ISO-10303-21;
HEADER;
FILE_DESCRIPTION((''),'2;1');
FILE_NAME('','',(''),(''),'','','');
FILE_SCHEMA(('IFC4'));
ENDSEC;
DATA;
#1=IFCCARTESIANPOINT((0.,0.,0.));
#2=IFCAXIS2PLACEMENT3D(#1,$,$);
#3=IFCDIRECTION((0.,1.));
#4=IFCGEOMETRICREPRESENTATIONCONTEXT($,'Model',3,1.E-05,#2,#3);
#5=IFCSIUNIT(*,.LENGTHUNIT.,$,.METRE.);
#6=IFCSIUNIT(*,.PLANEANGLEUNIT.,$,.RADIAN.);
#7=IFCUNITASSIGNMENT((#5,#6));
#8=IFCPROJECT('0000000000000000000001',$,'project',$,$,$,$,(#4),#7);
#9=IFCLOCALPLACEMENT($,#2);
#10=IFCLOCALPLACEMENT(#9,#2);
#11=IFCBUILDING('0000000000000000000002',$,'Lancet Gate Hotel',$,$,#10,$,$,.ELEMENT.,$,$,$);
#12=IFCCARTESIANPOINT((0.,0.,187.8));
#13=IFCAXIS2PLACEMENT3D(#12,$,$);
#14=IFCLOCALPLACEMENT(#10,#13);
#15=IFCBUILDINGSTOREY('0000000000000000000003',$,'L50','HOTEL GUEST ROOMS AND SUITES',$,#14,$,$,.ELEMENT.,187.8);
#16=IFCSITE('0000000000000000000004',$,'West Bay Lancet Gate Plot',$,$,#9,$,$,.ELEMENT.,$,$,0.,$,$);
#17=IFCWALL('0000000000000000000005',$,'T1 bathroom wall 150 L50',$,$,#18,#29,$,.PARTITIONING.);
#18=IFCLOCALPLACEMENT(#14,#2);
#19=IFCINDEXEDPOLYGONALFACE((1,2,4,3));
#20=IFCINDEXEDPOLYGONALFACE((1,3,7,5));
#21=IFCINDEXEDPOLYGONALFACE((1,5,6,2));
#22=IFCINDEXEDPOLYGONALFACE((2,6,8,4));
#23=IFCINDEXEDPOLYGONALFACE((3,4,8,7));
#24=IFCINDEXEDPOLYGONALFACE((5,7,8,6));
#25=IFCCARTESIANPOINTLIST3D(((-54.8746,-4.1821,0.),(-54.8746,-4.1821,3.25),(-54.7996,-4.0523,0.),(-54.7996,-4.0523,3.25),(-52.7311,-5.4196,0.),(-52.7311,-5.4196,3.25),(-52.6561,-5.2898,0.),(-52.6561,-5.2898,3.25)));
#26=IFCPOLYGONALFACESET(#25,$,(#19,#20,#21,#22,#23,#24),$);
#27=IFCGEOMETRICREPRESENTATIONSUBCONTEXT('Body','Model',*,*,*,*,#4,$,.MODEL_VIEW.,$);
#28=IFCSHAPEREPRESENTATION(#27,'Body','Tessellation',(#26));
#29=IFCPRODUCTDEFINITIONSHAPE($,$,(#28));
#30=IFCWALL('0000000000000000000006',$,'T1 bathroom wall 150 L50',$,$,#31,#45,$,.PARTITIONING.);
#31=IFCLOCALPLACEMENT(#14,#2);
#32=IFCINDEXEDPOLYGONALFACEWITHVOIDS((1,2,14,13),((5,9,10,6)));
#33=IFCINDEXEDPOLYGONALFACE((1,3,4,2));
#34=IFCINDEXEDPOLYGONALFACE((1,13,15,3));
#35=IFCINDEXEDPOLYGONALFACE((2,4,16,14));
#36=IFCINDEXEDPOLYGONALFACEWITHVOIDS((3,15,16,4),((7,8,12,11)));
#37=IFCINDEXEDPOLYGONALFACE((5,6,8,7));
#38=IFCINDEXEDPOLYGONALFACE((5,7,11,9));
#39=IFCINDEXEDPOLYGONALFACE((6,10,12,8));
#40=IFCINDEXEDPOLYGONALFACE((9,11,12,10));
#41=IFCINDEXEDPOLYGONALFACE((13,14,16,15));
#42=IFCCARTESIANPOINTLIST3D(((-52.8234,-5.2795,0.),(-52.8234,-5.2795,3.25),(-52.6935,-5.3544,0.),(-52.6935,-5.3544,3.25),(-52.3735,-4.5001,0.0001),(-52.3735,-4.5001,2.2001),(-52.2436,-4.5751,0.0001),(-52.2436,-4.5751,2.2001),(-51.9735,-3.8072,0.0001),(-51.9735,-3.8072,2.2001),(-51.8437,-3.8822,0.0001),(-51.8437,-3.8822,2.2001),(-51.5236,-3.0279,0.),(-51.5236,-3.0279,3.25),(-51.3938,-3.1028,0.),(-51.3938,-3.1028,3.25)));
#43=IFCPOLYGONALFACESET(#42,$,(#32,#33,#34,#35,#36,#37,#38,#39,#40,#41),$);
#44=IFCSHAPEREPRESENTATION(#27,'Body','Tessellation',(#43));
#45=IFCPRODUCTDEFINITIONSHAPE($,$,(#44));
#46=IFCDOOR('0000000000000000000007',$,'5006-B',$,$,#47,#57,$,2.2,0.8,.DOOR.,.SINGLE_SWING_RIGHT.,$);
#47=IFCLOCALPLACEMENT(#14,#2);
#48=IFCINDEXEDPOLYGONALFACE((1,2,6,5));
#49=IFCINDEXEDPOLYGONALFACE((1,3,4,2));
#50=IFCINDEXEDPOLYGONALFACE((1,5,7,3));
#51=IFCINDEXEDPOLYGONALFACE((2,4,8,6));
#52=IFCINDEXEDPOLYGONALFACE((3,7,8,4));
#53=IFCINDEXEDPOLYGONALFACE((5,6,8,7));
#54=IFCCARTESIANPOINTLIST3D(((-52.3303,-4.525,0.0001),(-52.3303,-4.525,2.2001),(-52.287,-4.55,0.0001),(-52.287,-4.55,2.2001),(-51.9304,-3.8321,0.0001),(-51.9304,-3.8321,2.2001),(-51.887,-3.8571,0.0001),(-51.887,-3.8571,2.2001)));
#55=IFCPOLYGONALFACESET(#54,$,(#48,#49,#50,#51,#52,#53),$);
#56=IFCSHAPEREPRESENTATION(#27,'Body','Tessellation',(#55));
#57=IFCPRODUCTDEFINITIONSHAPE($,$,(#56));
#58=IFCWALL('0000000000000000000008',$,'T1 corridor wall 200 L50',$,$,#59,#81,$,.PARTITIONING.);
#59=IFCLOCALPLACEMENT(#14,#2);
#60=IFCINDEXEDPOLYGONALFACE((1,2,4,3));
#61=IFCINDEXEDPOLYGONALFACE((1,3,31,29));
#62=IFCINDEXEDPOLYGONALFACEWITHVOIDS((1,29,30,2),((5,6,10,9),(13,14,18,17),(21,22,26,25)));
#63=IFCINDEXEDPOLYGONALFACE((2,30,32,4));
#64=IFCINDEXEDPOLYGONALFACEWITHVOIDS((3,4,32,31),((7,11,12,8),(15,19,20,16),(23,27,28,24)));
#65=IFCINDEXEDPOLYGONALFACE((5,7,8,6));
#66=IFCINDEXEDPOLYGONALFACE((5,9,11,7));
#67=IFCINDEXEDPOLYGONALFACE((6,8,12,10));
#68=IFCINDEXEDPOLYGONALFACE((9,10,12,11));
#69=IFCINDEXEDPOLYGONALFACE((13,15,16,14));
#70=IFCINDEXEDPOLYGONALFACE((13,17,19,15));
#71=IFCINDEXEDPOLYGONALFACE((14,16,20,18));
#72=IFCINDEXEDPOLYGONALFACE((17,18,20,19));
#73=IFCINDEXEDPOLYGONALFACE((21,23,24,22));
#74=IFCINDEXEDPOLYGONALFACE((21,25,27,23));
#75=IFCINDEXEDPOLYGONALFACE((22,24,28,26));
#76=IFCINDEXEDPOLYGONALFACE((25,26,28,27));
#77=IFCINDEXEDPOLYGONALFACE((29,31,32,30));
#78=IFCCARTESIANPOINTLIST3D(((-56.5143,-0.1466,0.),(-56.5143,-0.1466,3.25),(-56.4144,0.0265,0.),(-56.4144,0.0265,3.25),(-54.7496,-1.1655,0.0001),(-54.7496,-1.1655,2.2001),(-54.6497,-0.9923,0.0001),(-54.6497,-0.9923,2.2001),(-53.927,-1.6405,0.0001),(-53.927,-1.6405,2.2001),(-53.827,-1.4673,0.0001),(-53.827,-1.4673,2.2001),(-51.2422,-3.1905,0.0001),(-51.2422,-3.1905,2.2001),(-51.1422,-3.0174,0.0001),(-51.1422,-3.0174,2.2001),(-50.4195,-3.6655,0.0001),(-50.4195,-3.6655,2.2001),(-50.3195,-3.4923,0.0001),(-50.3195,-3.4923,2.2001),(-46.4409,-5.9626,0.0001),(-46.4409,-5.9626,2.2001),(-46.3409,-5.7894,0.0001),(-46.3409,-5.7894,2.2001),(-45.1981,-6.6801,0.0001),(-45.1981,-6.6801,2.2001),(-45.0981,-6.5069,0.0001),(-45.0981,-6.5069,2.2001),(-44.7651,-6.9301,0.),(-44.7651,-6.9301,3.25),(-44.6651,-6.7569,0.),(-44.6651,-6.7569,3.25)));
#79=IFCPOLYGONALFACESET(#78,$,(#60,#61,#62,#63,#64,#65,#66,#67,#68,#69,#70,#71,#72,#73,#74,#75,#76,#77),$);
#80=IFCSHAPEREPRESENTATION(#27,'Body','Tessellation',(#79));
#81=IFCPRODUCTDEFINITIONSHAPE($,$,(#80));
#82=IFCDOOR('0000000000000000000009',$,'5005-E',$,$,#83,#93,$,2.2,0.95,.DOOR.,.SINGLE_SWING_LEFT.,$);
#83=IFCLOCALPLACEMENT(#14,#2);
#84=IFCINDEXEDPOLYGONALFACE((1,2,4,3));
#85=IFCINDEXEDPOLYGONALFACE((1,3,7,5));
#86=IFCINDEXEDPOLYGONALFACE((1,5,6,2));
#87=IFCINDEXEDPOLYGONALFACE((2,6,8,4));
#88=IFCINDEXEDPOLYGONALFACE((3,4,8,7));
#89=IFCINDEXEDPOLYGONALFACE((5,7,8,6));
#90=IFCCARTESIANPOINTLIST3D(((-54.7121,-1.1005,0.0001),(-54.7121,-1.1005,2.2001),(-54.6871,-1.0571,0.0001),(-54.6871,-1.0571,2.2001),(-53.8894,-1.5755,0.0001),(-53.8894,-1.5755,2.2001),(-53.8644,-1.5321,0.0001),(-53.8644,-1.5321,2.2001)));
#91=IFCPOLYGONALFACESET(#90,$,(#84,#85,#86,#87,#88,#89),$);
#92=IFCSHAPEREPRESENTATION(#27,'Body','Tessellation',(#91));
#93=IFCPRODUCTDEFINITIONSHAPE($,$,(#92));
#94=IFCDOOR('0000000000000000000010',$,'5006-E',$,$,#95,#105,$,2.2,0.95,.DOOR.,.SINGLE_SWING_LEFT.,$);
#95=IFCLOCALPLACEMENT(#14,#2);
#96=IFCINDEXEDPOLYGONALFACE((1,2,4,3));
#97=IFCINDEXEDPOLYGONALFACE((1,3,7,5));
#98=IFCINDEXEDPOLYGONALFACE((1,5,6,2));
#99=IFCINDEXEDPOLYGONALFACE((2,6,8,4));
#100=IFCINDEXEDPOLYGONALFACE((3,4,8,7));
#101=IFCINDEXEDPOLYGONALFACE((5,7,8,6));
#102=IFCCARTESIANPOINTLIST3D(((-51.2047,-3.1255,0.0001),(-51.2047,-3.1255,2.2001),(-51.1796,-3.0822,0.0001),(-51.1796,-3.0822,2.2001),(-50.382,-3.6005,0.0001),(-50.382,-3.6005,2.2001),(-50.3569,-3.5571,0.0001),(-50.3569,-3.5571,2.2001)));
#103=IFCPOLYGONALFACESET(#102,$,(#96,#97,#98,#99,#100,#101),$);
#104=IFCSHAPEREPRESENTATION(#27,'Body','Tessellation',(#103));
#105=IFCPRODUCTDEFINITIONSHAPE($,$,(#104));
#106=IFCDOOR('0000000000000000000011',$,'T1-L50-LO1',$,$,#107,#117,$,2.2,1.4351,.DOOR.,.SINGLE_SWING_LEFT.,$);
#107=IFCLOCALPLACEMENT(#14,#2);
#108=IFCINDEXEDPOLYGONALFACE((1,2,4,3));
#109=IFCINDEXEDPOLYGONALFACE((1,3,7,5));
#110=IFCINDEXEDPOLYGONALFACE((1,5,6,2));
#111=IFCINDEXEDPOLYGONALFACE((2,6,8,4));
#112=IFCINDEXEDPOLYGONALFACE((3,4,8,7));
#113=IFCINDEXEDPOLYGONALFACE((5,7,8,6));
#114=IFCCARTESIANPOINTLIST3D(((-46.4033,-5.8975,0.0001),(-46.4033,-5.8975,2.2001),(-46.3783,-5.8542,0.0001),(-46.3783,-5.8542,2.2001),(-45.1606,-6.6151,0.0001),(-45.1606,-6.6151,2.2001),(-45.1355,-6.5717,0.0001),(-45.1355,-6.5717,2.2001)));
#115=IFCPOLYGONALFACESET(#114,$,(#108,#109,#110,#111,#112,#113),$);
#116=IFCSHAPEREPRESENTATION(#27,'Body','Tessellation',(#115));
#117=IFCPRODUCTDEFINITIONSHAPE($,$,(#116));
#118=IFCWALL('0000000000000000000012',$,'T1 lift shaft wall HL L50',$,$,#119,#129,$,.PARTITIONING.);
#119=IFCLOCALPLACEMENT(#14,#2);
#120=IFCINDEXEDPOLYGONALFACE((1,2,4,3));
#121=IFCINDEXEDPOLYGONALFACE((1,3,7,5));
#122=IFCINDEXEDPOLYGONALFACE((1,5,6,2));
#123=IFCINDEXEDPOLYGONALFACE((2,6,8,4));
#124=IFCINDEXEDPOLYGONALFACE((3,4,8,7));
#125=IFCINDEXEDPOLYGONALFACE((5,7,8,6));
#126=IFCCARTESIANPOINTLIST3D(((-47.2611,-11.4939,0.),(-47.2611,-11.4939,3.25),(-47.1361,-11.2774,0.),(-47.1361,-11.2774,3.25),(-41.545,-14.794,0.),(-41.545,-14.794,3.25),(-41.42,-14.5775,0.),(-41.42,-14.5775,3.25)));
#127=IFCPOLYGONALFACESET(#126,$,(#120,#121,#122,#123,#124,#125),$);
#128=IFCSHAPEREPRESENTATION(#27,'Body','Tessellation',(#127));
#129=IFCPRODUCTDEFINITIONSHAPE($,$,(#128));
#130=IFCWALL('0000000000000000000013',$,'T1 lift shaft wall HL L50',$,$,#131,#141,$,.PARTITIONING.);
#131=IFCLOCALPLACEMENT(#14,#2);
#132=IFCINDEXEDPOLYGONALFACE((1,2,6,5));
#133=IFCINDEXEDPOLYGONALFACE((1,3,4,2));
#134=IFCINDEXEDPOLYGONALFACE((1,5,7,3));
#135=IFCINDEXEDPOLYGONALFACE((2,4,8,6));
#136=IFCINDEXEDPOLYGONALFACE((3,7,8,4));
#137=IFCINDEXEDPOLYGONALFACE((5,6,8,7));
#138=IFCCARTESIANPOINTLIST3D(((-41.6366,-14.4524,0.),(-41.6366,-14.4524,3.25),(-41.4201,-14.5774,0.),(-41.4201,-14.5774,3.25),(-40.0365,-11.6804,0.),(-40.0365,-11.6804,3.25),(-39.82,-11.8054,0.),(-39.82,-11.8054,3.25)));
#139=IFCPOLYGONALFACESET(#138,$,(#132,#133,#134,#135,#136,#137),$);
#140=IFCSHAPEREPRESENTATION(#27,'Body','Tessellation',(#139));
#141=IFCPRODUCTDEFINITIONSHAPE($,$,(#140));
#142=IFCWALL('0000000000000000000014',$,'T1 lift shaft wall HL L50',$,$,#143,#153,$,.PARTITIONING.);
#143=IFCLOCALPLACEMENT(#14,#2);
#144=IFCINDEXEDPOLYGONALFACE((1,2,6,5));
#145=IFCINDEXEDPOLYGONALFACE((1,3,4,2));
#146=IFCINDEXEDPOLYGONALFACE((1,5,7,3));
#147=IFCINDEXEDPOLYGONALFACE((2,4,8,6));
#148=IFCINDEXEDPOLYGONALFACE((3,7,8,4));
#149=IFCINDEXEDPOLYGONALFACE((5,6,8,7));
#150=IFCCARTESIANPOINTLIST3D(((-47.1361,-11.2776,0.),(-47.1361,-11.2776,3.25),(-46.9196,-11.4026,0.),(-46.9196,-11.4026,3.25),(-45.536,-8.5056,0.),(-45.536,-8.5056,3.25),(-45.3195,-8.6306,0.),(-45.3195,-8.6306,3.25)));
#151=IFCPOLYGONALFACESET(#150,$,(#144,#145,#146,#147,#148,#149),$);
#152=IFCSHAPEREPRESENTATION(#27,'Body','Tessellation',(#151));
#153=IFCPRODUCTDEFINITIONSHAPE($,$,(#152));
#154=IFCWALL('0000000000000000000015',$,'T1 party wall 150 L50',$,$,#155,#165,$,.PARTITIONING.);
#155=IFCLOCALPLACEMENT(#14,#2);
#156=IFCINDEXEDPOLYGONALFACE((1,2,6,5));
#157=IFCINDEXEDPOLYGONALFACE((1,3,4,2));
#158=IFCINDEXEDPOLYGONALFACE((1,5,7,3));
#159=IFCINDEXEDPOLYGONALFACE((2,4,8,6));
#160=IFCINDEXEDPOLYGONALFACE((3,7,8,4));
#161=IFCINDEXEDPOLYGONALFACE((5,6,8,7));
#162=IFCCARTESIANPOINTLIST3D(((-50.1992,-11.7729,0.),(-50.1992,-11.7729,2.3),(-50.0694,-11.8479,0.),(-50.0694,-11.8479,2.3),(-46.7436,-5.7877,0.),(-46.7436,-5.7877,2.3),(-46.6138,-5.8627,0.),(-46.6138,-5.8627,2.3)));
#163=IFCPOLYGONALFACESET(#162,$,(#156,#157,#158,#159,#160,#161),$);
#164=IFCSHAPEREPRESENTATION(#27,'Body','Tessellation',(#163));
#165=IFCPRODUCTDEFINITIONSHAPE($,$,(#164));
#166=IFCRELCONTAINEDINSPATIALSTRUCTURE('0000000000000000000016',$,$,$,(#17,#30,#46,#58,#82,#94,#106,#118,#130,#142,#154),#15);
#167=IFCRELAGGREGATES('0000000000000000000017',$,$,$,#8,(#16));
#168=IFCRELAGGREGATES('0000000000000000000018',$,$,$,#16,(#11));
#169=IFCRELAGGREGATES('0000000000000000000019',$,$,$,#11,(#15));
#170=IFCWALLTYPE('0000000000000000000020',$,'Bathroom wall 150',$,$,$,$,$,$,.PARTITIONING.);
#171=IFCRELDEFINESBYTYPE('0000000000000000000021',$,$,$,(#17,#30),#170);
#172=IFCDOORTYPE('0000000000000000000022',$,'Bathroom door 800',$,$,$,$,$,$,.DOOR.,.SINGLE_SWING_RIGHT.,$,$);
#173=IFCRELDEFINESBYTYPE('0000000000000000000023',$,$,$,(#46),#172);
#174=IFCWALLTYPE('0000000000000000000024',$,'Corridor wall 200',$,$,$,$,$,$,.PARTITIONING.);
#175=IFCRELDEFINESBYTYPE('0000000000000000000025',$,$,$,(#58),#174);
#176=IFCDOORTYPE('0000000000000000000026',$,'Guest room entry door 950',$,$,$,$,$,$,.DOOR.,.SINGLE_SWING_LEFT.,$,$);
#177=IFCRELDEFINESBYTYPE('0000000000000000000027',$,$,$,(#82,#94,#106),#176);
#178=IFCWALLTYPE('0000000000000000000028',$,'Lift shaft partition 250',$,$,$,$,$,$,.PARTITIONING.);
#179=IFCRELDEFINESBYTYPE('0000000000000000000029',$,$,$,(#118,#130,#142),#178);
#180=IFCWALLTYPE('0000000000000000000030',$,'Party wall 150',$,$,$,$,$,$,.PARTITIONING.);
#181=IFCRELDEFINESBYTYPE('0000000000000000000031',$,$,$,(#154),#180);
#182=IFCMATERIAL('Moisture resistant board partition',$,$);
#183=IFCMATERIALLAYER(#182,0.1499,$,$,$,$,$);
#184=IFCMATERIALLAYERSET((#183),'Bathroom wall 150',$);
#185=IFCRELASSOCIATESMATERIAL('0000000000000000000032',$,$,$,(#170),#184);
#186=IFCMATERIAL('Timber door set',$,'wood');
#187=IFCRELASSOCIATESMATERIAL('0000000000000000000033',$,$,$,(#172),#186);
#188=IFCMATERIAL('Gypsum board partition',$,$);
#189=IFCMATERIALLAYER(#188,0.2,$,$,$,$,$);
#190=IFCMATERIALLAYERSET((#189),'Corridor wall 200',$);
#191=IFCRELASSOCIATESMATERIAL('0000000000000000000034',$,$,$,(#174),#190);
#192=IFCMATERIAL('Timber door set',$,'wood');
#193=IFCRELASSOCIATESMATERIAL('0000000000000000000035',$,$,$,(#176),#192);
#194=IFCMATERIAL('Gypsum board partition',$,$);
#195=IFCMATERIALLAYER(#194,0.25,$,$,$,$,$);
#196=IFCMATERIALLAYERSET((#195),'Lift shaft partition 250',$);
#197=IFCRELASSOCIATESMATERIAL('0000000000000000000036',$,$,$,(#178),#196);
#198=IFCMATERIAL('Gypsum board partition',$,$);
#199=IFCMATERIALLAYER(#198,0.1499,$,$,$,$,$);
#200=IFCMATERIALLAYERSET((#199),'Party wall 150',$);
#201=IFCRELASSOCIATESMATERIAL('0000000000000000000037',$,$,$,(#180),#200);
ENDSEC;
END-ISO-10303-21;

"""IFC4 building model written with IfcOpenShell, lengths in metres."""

from ifc_helpers import new_model, si_unit, direction, frame, frame_2d, origin, place, context, subcontext, project, spatial, rectangle, extrude, material, layer, layer_set, type_object, element, fill, save


model = new_model("IFC4")

# Units and contexts
model_context = context("Model", 3, precision=1e-05, world=origin(), true_north=direction((0.0, 1.0)))
body_context = subcontext(model_context, "Body", "Model", "MODEL_VIEW")
ifc_project = project(units=[si_unit("LENGTHUNIT", "METRE"), si_unit("PLANEANGLEUNIT", "RADIAN")], contexts=[model_context])

# Site, building, storey
site_placement = place(None, origin())
site = spatial("IfcSite", under=ifc_project, at=site_placement, Name="West Bay Lancet Gate Plot", CompositionType="ELEMENT", RefElevation=0.0)
building_placement = place(site_placement, origin())
building = spatial("IfcBuilding", under=site, at=building_placement, Name="Lancet Gate Hotel", CompositionType="ELEMENT")
storey_placement = place(building_placement, frame((0.0, 0.0, 187.8)))
storey = spatial("IfcBuildingStorey", under=building, at=storey_placement, Name="L50", Description="HOTEL GUEST ROOMS AND SUITES", CompositionType="ELEMENT", Elevation=187.8)

# Wall
ifc_material_1 = material(Name="Moisture resistant board partition")
ifc_layer_1 = layer(ifc_material_1, 0.1499)
ifc_layer_set_1 = layer_set([ifc_layer_1], Name="Bathroom wall 150")
wall_type_1 = type_object("IfcWallType", Name="Bathroom wall 150", PredefinedType="PARTITIONING", material=ifc_layer_set_1)
wall_1_placement = place(storey_placement, frame((-52.6936, -5.3547, 0.0), z_axis=(0.0, 0.0, 1.0), x_axis=(-0.866031, 0.49999, 0.0)))
element("IfcWall", 1, at=wall_1_placement, inside=storey, type_object=wall_type_1, Name="T1 bathroom wall 150 L50", PredefinedType="PARTITIONING", context=body_context, shape_type="SweptSolid", body=[
    extrude(rectangle(XDim=2.4751, YDim=0.1499, at=frame_2d((1.2375, 0.0))), origin(), (0.0, 0.0, 1.0), 3.25),
])

# Wall, opening, door
wall_2_placement = place(storey_placement, frame((-51.4587, -3.0654, 0.0), z_axis=(0.0, 0.0, 1.0), x_axis=(-0.499937, -0.866062, 0.0)))
wall_2 = element("IfcWall", 2, at=wall_2_placement, inside=storey, type_object=wall_type_1, Name="T1 bathroom wall 150 L50", PredefinedType="PARTITIONING", context=body_context, shape_type="SweptSolid", body=[
    extrude(rectangle(XDim=2.5999, YDim=0.1499, at=frame_2d((1.2998, 0.0))), origin(), (0.0, 0.0, 1.0), 3.25),
])
opening_1_placement = place(wall_2_placement, frame((0.8999, 0.0, 0.0)))
opening_1 = element("IfcOpeningElement", 3, at=opening_1_placement, cuts=wall_2, PredefinedType="OPENING", context=body_context, shape_type="SweptSolid", body=[
    extrude(rectangle(XDim=0.8, YDim=2.2, at=frame_2d((0.3999, 1.1001))), frame((0.0, 0.085, 0.0), z_axis=(0.0, -1.0, 0.0), x_axis=(1.0, 0.0, 0.0)), (0.0, 0.0, 1.0), 0.1699),
])
ifc_material_2 = material(Name="Timber door set", Category="wood")
door_type_1 = type_object("IfcDoorType", Name="Bathroom door 800", OperationType="SINGLE_SWING_RIGHT", PredefinedType="DOOR", material=ifc_material_2)
door_1_placement = place(opening_1_placement, origin())
door_1 = element("IfcDoor", 4, at=door_1_placement, inside=storey, type_object=door_type_1, Name="5006-B", OperationType="SINGLE_SWING_RIGHT", OverallHeight=2.2, OverallWidth=0.8, PredefinedType="DOOR", context=body_context, shape_type="SweptSolid", body=[
    extrude(rectangle(XDim=0.8, YDim=2.2, at=frame_2d((0.3999, 1.1001))), frame((0.0, 0.0249, 0.0), z_axis=(0.0, -1.0, 0.0), x_axis=(1.0, 0.0, 0.0)), (0.0, 0.0, 1.0), 0.05),
])
fill(opening_1, door_1)

# Wall, openings, doors
ifc_material_3 = material(Name="Gypsum board partition")
ifc_layer_2 = layer(ifc_material_3, 0.2)
ifc_layer_set_2 = layer_set([ifc_layer_2], Name="Corridor wall 200")
wall_type_2 = type_object("IfcWallType", Name="Corridor wall 200", PredefinedType="PARTITIONING", material=ifc_layer_set_2)
wall_3_placement = place(storey_placement, frame((-44.7151, -6.8435, 0.0), z_axis=(0.0, 0.0, 1.0), x_axis=(-0.866025, 0.5, 0.0)))
wall_3 = element("IfcWall", 5, at=wall_3_placement, inside=storey, type_object=wall_type_2, Name="T1 corridor wall 200 L50", PredefinedType="PARTITIONING", context=body_context, shape_type="SweptSolid", body=[
    extrude(rectangle(XDim=13.5669, YDim=0.2, at=frame_2d((6.7834, 0.0))), origin(), (0.0, 0.0, 1.0), 3.25),
])
opening_2_placement = place(wall_3_placement, frame((10.5791, 0.0, 0.0)))
opening_2 = element("IfcOpeningElement", 6, at=opening_2_placement, cuts=wall_3, PredefinedType="OPENING", context=body_context, shape_type="SweptSolid", body=[
    extrude(rectangle(XDim=0.95, YDim=2.2, at=frame_2d((0.4751, 1.1001))), frame((0.0, 0.1099, 0.0), z_axis=(0.0, -1.0, 0.0), x_axis=(1.0, 0.0, 0.0)), (0.0, 0.0, 1.0), 0.22),
])
opening_3_placement = place(wall_3_placement, frame((6.5291, 0.0, 0.0)))
opening_3 = element("IfcOpeningElement", 7, at=opening_3_placement, cuts=wall_3, PredefinedType="OPENING", context=body_context, shape_type="SweptSolid", body=[
    extrude(rectangle(XDim=0.95, YDim=2.2, at=frame_2d((0.4751, 1.1001))), frame((0.0, 0.1099, 0.0), z_axis=(0.0, -1.0, 0.0), x_axis=(1.0, 0.0, 0.0)), (0.0, 0.0, 1.0), 0.22),
])
opening_4_placement = place(wall_3_placement, frame((0.5, 0.0, 0.0)))
opening_4 = element("IfcOpeningElement", 8, at=opening_4_placement, cuts=wall_3, PredefinedType="OPENING", context=body_context, shape_type="SweptSolid", body=[
    extrude(rectangle(XDim=1.4351, YDim=2.2, at=frame_2d((0.7175, 1.1001))), frame((0.0, 0.1099, 0.0), z_axis=(0.0, -1.0, 0.0), x_axis=(1.0, 0.0, 0.0)), (0.0, 0.0, 1.0), 0.22),
])
ifc_material_4 = material(Name="Timber door set", Category="wood")
door_type_2 = type_object("IfcDoorType", Name="Guest room entry door 950", OperationType="SINGLE_SWING_LEFT", PredefinedType="DOOR", material=ifc_material_4)
door_2_placement = place(opening_2_placement, origin())
door_2 = element("IfcDoor", 9, at=door_2_placement, inside=storey, type_object=door_type_2, Name="5005-E", OperationType="SINGLE_SWING_LEFT", OverallHeight=2.2, OverallWidth=0.95, PredefinedType="DOOR", context=body_context, shape_type="SweptSolid", body=[
    extrude(rectangle(XDim=0.95, YDim=2.2, at=frame_2d((0.4751, 1.1001))), frame((0.0, 0.0249, 0.0), z_axis=(0.0, -1.0, 0.0), x_axis=(1.0, 0.0, 0.0)), (0.0, 0.0, 1.0), 0.05),
])
fill(opening_2, door_2)
door_3_placement = place(opening_3_placement, origin())
door_3 = element("IfcDoor", 10, at=door_3_placement, inside=storey, type_object=door_type_2, Name="5006-E", OperationType="SINGLE_SWING_LEFT", OverallHeight=2.2, OverallWidth=0.95, PredefinedType="DOOR", context=body_context, shape_type="SweptSolid", body=[
    extrude(rectangle(XDim=0.95, YDim=2.2, at=frame_2d((0.4751, 1.1001))), frame((0.0, 0.0249, 0.0), z_axis=(0.0, -1.0, 0.0), x_axis=(1.0, 0.0, 0.0)), (0.0, 0.0, 1.0), 0.05),
])
fill(opening_3, door_3)
door_4_placement = place(opening_4_placement, origin())
door_4 = element("IfcDoor", 11, at=door_4_placement, inside=storey, type_object=door_type_2, Name="T1-L50-LO1", OperationType="SINGLE_SWING_LEFT", OverallHeight=2.2, OverallWidth=1.4351, PredefinedType="DOOR", context=body_context, shape_type="SweptSolid", body=[
    extrude(rectangle(XDim=1.4351, YDim=2.2, at=frame_2d((0.7175, 1.1001))), frame((0.0, 0.0249, 0.0), z_axis=(0.0, -1.0, 0.0), x_axis=(1.0, 0.0, 0.0)), (0.0, 0.0, 1.0), 0.05),
])
fill(opening_4, door_4)

# Walls
ifc_material_5 = material(Name="Gypsum board partition")
ifc_layer_3 = layer(ifc_material_5, 0.25)
ifc_layer_set_3 = layer_set([ifc_layer_3], Name="Lift shaft partition 250")
wall_type_3 = type_object("IfcWallType", Name="Lift shaft partition 250", PredefinedType="PARTITIONING", material=ifc_layer_set_3)
wall_4_placement = place(storey_placement, frame((-41.4824, -14.6858, 0.0), z_axis=(0.0, 0.0, 1.0), x_axis=(-0.866033, 0.499986, 0.0)))
element("IfcWall", 12, at=wall_4_placement, inside=storey, type_object=wall_type_3, Name="T1 lift shaft wall HL L50", PredefinedType="PARTITIONING", context=body_context, shape_type="SweptSolid", body=[
    extrude(rectangle(XDim=6.6003, YDim=0.25, at=frame_2d((3.3003, 0.0))), origin(), (0.0, 0.0, 1.0), 3.25),
])
for number, where, z_axis, x_axis, name in (
    (13, (-39.9282, -11.7429, 0.0), (0.0, 0.0, 1.0), (-0.499929, -0.866066, 0.0), "T1 lift shaft wall HL L50"),
    (14, (-45.4277, -8.5681, 0.0), (0.0, 0.0, 1.0), (-0.499929, -0.866066, 0.0), "T1 lift shaft wall HL L50"),
):
    element("IfcWall", number, at=place(storey_placement, frame(where, z_axis=z_axis, x_axis=x_axis)), inside=storey, type_object=wall_type_3, Name=name, PredefinedType="PARTITIONING", context=body_context, shape_type="SweptSolid", body=[
        extrude(rectangle(XDim=3.2007, YDim=0.25, at=frame_2d((1.6003, 0.0))), origin(), (0.0, 0.0, 1.0), 3.25),
    ])
ifc_material_6 = material(Name="Gypsum board partition")
ifc_layer_4 = layer(ifc_material_6, 0.1499)
ifc_layer_set_4 = layer_set([ifc_layer_4], Name="Party wall 150")
wall_type_4 = type_object("IfcWallType", Name="Party wall 150", PredefinedType="PARTITIONING", material=ifc_layer_set_4)
wall_5_placement = place(storey_placement, frame((-46.6787, -5.8252, 0.0), z_axis=(0.0, 0.0, 1.0), x_axis=(-0.500007, -0.866021, 0.0)))
element("IfcWall", 15, at=wall_5_placement, inside=storey, type_object=wall_type_4, Name="T1 party wall 150 L50", PredefinedType="PARTITIONING", context=body_context, shape_type="SweptSolid", body=[
    extrude(rectangle(XDim=6.9111, YDim=0.1499, at=frame_2d((3.4556, 0.0))), origin(), (0.0, 0.0, 1.0), 2.3),
])

save(model, "model.ifc")
